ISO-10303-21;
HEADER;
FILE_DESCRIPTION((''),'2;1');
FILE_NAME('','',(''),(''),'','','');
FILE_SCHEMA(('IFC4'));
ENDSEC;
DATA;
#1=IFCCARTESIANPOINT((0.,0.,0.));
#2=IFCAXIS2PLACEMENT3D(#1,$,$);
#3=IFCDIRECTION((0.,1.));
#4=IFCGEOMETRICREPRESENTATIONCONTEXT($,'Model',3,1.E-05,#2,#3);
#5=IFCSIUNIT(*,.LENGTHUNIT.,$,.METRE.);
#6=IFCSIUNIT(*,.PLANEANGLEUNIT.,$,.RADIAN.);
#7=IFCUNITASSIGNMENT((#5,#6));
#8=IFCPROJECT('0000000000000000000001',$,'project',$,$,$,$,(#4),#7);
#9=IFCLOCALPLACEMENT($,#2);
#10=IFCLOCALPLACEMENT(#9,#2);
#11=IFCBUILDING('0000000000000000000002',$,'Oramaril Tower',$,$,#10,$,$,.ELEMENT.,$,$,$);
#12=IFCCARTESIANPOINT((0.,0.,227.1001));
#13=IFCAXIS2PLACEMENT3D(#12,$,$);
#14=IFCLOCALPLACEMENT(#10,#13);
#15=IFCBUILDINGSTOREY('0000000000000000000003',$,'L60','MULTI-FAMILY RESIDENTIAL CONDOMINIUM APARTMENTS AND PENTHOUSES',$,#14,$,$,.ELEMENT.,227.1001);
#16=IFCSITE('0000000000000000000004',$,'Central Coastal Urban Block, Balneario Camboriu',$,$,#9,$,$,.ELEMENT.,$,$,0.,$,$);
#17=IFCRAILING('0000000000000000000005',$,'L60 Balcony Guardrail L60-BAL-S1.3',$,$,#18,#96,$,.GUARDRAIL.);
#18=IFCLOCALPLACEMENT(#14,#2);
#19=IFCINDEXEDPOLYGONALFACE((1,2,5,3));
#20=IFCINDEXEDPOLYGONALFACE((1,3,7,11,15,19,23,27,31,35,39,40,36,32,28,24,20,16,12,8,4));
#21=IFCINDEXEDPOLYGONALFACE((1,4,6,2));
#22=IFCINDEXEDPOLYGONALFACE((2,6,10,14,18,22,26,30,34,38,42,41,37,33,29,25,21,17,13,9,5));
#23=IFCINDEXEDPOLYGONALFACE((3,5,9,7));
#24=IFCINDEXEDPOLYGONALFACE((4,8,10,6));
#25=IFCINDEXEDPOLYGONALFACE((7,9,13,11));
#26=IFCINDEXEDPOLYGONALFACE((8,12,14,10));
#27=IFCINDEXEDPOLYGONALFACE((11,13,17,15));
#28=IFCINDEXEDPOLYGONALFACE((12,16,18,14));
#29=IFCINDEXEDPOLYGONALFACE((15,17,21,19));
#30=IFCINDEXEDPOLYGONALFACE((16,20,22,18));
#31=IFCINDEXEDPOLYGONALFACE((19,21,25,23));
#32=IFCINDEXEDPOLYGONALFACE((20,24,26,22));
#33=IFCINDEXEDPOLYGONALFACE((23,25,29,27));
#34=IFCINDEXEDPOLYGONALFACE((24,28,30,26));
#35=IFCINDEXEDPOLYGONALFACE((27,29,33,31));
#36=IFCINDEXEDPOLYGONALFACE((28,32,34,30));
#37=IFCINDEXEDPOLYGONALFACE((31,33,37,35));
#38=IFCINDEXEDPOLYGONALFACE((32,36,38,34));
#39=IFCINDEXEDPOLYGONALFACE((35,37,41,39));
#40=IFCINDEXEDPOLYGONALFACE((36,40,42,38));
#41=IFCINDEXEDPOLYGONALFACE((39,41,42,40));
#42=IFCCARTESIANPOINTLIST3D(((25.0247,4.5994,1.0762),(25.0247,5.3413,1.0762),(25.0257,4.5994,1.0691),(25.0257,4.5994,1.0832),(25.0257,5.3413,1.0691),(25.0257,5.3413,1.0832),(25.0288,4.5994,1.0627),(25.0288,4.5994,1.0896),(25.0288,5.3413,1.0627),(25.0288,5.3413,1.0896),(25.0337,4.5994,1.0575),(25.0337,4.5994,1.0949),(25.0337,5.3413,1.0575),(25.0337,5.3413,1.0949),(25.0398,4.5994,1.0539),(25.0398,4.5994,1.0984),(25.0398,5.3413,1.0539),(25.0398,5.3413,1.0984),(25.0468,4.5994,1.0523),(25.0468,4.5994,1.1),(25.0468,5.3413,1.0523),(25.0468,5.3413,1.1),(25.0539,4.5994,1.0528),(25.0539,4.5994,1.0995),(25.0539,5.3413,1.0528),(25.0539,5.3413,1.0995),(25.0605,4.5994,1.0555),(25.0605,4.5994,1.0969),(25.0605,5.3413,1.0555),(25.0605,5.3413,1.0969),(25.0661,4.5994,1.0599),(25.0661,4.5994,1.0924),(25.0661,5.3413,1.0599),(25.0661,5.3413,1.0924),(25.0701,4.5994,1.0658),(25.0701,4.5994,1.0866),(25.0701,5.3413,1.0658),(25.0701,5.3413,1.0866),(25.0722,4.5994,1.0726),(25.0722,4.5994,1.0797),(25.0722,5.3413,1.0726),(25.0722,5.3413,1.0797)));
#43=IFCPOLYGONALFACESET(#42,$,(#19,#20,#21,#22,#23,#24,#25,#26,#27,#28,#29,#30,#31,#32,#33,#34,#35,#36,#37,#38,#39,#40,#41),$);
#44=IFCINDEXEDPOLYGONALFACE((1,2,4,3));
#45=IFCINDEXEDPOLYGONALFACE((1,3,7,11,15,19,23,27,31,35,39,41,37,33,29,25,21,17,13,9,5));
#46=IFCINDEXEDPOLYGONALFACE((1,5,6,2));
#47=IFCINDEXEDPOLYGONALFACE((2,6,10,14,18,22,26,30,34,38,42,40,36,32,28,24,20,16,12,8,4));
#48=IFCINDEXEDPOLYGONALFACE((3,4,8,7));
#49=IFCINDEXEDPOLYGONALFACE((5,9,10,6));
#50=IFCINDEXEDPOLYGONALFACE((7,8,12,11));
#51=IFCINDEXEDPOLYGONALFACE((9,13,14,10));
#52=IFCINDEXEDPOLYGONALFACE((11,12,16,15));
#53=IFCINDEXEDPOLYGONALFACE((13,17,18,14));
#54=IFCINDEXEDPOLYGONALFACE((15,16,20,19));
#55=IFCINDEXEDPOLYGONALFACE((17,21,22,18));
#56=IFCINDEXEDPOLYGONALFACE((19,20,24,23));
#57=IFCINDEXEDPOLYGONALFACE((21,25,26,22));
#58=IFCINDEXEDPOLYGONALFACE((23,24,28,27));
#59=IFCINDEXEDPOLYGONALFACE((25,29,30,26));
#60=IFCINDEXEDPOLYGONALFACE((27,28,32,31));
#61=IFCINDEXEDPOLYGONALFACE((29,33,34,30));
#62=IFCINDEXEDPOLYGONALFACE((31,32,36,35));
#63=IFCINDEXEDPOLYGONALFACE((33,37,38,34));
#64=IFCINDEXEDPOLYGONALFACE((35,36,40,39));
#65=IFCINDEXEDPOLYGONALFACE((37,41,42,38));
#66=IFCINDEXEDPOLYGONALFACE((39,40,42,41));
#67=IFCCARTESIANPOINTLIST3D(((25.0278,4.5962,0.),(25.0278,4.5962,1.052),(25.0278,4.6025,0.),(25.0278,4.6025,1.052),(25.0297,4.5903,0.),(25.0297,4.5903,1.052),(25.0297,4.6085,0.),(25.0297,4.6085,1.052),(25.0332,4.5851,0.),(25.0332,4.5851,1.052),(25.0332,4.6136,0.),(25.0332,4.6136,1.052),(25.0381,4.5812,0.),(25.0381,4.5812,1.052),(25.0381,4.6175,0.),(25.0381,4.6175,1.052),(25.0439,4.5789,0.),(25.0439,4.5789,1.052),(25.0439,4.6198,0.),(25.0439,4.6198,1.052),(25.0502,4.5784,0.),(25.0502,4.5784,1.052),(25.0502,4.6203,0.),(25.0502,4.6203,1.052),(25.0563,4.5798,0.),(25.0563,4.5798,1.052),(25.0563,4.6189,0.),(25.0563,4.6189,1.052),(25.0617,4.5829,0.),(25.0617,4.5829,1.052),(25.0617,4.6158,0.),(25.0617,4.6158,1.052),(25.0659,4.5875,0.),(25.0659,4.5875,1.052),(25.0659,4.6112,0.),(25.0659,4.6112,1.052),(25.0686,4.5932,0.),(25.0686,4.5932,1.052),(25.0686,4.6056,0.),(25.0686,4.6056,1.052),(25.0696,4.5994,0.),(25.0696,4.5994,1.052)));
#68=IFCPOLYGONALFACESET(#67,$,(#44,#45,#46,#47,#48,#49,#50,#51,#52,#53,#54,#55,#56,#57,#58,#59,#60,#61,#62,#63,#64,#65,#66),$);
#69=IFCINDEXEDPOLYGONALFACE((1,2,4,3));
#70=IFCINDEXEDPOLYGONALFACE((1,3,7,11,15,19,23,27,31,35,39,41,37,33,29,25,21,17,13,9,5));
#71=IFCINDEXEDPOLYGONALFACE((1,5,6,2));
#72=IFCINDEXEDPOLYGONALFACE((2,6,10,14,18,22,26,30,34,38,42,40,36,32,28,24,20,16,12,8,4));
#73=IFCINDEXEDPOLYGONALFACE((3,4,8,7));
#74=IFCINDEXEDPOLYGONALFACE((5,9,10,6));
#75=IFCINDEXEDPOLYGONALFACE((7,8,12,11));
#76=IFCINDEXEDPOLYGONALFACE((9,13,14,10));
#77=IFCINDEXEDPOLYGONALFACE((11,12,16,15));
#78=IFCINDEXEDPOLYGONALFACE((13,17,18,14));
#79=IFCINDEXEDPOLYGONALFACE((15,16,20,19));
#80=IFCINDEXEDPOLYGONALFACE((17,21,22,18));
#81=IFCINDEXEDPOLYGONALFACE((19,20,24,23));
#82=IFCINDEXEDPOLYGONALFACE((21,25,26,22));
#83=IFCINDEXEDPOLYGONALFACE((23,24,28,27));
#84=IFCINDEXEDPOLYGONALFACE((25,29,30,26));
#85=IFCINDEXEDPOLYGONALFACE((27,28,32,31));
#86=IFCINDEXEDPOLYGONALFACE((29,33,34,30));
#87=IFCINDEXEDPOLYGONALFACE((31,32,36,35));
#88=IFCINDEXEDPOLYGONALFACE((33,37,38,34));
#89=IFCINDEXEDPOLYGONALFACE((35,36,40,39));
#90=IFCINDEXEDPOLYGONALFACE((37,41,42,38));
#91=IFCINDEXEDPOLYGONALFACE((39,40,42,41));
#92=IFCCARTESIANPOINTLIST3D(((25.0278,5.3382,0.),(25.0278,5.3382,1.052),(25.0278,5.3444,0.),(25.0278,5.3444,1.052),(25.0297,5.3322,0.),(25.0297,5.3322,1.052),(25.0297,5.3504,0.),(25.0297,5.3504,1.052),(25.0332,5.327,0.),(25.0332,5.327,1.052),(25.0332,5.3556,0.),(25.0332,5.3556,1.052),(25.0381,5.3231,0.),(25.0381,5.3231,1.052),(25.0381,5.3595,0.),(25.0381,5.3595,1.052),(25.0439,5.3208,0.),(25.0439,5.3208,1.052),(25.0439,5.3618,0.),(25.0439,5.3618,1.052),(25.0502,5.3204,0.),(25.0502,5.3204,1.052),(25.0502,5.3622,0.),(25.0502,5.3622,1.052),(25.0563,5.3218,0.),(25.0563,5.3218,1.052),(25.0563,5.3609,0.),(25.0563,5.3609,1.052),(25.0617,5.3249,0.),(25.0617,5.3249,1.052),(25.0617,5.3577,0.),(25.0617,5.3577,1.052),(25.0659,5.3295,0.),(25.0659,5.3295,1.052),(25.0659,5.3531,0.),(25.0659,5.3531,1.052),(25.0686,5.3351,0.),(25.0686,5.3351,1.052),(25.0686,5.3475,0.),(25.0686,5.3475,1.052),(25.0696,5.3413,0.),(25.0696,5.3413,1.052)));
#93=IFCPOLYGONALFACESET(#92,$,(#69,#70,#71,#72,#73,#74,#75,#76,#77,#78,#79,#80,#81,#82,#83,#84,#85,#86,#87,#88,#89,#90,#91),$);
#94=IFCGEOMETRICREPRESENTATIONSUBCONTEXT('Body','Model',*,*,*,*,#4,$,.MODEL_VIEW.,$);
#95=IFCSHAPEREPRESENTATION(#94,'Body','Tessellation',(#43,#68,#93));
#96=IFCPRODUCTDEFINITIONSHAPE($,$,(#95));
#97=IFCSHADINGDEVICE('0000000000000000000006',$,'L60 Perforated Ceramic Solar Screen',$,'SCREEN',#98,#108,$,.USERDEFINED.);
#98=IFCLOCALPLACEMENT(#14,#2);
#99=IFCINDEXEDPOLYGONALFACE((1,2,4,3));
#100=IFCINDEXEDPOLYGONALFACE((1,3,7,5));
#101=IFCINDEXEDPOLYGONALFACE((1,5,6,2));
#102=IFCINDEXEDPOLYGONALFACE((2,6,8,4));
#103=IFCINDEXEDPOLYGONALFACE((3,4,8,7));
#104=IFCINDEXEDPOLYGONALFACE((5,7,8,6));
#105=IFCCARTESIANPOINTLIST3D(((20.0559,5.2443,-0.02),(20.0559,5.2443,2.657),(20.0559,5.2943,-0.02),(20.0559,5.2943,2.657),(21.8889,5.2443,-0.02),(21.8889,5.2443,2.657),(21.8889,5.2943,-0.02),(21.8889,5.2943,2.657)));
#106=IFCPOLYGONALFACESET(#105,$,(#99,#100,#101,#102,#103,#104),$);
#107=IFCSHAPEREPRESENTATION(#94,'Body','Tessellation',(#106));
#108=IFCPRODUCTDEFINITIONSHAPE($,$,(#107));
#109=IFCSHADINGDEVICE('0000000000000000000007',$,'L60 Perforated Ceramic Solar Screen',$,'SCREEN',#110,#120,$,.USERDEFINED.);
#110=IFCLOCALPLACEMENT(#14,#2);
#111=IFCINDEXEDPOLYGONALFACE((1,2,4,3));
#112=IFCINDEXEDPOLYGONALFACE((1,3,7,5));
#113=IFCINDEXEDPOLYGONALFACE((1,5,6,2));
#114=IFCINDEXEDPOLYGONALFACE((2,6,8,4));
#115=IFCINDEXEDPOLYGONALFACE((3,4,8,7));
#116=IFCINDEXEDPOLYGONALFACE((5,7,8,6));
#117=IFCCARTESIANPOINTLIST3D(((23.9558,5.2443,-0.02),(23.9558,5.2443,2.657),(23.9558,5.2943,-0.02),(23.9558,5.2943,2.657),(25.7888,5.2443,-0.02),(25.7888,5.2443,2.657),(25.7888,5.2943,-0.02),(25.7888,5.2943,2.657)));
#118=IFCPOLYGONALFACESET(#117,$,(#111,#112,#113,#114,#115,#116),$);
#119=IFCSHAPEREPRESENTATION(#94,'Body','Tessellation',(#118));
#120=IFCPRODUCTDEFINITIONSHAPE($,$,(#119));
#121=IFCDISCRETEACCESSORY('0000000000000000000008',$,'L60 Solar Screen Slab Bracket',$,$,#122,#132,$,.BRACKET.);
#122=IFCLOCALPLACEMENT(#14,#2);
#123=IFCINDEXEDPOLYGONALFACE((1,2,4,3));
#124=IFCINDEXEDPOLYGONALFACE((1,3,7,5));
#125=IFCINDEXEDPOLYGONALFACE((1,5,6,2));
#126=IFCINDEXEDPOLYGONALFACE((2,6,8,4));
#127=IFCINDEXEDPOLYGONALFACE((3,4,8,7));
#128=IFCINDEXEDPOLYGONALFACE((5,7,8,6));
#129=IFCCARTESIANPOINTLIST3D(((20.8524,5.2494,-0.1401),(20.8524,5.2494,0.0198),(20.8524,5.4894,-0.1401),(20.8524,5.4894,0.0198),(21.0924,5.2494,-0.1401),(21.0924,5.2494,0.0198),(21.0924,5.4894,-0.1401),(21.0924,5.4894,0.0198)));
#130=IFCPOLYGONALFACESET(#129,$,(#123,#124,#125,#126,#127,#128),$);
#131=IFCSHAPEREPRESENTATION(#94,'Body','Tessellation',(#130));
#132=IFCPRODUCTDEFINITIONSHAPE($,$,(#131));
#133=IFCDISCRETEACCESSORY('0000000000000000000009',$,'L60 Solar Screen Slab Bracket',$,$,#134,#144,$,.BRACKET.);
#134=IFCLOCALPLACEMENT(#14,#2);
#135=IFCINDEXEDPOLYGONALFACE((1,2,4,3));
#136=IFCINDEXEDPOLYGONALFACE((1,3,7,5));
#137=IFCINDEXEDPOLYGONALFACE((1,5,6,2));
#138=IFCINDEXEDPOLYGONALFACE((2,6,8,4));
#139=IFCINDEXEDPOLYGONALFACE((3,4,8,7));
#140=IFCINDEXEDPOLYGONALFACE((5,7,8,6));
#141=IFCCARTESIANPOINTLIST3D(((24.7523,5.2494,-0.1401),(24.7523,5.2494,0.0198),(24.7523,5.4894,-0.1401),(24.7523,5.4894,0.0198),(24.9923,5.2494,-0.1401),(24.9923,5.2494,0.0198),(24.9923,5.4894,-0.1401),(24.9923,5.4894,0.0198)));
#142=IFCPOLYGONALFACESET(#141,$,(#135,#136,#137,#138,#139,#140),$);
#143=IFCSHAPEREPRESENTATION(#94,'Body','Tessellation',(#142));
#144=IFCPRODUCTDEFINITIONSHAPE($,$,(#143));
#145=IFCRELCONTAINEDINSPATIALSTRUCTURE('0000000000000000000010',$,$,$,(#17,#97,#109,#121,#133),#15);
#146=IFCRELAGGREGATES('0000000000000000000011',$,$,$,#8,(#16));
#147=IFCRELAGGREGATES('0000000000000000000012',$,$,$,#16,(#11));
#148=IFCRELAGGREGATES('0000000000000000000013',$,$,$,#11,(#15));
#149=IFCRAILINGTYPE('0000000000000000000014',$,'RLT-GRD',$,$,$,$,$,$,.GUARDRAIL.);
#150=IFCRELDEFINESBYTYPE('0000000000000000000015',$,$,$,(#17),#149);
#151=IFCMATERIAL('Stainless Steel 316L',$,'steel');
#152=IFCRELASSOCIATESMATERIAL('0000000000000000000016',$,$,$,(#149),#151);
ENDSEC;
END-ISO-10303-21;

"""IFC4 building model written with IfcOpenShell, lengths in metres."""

from ifc_helpers import new_model, si_unit, direction, frame, origin, origin_2d, place, context, subcontext, project, spatial, rectangle, circle, extrude, material, type_object, element, save


model = new_model("IFC4")

# Units and contexts
model_context = context("Model", 3, precision=1e-05, world=origin(), true_north=direction((0.0, 1.0)))
body_context = subcontext(model_context, "Body", "Model", "MODEL_VIEW")
ifc_project = project(units=[si_unit("LENGTHUNIT", "METRE"), si_unit("PLANEANGLEUNIT", "RADIAN")], contexts=[model_context])

# Site, building, storey
site_placement = place(None, origin())
site = spatial("IfcSite", under=ifc_project, at=site_placement, Name="Central Coastal Urban Block, Balneario Camboriu", CompositionType="ELEMENT", RefElevation=0.0)
building_placement = place(site_placement, origin())
building = spatial("IfcBuilding", under=site, at=building_placement, Name="Oramaril Tower", CompositionType="ELEMENT")
storey_placement = place(building_placement, frame((0.0, 0.0, 227.1001)))
storey = spatial("IfcBuildingStorey", under=building, at=storey_placement, Name="L60", Description="MULTI-FAMILY RESIDENTIAL CONDOMINIUM APARTMENTS AND PENTHOUSES", CompositionType="ELEMENT", Elevation=227.1001)

# Railing
ifc_material_1 = material(Name="Stainless Steel 316L", Category="steel")
railing_type = type_object("IfcRailingType", Name="RLT-GRD", PredefinedType="GUARDRAIL", material=ifc_material_1)
railing_placement = place(storey_placement, frame((25.0486, 4.5994, 0.0)))
element("IfcRailing", 1, at=railing_placement, inside=storey, type_object=railing_type, Name="L60 Balcony Guardrail L60-BAL-S1.3", PredefinedType="GUARDRAIL", context=body_context, shape_type="SweptSolid", body=[
    extrude(circle(Radius=0.0239, at=origin_2d()), frame((0.0, 0.0, 1.0762), z_axis=(0.0, 1.0, 0.0), x_axis=(-1.0, 0.0, 0.0)), (0.0, 0.0, 1.0), 0.7419),
    extrude(circle(Radius=0.021, at=origin_2d()), origin(), (0.0, 0.0, 1.0), 1.052),
    extrude(circle(Radius=0.021, at=origin_2d()), frame((0.0, 0.7419, 0.0)), (0.0, 0.0, 1.0), 1.052),
])

# Shading devices
for number, where, z_axis, x_axis, name in (
    (2, (20.9724, 5.2693, -0.02), (0.0, 0.0, 1.0), (1.0, 0.0, 0.0), "L60 Perforated Ceramic Solar Screen"),
    (3, (24.8723, 5.2693, -0.02), (0.0, 0.0, 1.0), (1.0, 0.0, 0.0), "L60 Perforated Ceramic Solar Screen"),
):
    element("IfcShadingDevice", number, at=place(storey_placement, frame(where, z_axis=z_axis, x_axis=x_axis)), inside=storey, Name=name, ObjectType="SCREEN", PredefinedType="USERDEFINED", context=body_context, shape_type="SweptSolid", body=[
        extrude(rectangle(XDim=1.833, YDim=0.05, at=origin_2d()), origin(), (0.0, 0.0, 1.0), 2.677),
    ])

# Discrete accessories
for number, where, z_axis, x_axis, name in (
    (4, (20.9724, 5.3694, -0.1401), (0.0, 0.0, 1.0), (1.0, 0.0, 0.0), "L60 Solar Screen Slab Bracket"),
    (5, (24.8723, 5.3694, -0.1401), (0.0, 0.0, 1.0), (1.0, 0.0, 0.0), "L60 Solar Screen Slab Bracket"),
):
    element("IfcDiscreteAccessory", number, at=place(storey_placement, frame(where, z_axis=z_axis, x_axis=x_axis)), inside=storey, Name=name, PredefinedType="BRACKET", context=body_context, shape_type="SweptSolid", body=[
        extrude(rectangle(XDim=0.24, YDim=0.24, at=origin_2d()), origin(), (0.0, 0.0, 1.0), 0.1599),
    ])

save(model, "model.ifc")
